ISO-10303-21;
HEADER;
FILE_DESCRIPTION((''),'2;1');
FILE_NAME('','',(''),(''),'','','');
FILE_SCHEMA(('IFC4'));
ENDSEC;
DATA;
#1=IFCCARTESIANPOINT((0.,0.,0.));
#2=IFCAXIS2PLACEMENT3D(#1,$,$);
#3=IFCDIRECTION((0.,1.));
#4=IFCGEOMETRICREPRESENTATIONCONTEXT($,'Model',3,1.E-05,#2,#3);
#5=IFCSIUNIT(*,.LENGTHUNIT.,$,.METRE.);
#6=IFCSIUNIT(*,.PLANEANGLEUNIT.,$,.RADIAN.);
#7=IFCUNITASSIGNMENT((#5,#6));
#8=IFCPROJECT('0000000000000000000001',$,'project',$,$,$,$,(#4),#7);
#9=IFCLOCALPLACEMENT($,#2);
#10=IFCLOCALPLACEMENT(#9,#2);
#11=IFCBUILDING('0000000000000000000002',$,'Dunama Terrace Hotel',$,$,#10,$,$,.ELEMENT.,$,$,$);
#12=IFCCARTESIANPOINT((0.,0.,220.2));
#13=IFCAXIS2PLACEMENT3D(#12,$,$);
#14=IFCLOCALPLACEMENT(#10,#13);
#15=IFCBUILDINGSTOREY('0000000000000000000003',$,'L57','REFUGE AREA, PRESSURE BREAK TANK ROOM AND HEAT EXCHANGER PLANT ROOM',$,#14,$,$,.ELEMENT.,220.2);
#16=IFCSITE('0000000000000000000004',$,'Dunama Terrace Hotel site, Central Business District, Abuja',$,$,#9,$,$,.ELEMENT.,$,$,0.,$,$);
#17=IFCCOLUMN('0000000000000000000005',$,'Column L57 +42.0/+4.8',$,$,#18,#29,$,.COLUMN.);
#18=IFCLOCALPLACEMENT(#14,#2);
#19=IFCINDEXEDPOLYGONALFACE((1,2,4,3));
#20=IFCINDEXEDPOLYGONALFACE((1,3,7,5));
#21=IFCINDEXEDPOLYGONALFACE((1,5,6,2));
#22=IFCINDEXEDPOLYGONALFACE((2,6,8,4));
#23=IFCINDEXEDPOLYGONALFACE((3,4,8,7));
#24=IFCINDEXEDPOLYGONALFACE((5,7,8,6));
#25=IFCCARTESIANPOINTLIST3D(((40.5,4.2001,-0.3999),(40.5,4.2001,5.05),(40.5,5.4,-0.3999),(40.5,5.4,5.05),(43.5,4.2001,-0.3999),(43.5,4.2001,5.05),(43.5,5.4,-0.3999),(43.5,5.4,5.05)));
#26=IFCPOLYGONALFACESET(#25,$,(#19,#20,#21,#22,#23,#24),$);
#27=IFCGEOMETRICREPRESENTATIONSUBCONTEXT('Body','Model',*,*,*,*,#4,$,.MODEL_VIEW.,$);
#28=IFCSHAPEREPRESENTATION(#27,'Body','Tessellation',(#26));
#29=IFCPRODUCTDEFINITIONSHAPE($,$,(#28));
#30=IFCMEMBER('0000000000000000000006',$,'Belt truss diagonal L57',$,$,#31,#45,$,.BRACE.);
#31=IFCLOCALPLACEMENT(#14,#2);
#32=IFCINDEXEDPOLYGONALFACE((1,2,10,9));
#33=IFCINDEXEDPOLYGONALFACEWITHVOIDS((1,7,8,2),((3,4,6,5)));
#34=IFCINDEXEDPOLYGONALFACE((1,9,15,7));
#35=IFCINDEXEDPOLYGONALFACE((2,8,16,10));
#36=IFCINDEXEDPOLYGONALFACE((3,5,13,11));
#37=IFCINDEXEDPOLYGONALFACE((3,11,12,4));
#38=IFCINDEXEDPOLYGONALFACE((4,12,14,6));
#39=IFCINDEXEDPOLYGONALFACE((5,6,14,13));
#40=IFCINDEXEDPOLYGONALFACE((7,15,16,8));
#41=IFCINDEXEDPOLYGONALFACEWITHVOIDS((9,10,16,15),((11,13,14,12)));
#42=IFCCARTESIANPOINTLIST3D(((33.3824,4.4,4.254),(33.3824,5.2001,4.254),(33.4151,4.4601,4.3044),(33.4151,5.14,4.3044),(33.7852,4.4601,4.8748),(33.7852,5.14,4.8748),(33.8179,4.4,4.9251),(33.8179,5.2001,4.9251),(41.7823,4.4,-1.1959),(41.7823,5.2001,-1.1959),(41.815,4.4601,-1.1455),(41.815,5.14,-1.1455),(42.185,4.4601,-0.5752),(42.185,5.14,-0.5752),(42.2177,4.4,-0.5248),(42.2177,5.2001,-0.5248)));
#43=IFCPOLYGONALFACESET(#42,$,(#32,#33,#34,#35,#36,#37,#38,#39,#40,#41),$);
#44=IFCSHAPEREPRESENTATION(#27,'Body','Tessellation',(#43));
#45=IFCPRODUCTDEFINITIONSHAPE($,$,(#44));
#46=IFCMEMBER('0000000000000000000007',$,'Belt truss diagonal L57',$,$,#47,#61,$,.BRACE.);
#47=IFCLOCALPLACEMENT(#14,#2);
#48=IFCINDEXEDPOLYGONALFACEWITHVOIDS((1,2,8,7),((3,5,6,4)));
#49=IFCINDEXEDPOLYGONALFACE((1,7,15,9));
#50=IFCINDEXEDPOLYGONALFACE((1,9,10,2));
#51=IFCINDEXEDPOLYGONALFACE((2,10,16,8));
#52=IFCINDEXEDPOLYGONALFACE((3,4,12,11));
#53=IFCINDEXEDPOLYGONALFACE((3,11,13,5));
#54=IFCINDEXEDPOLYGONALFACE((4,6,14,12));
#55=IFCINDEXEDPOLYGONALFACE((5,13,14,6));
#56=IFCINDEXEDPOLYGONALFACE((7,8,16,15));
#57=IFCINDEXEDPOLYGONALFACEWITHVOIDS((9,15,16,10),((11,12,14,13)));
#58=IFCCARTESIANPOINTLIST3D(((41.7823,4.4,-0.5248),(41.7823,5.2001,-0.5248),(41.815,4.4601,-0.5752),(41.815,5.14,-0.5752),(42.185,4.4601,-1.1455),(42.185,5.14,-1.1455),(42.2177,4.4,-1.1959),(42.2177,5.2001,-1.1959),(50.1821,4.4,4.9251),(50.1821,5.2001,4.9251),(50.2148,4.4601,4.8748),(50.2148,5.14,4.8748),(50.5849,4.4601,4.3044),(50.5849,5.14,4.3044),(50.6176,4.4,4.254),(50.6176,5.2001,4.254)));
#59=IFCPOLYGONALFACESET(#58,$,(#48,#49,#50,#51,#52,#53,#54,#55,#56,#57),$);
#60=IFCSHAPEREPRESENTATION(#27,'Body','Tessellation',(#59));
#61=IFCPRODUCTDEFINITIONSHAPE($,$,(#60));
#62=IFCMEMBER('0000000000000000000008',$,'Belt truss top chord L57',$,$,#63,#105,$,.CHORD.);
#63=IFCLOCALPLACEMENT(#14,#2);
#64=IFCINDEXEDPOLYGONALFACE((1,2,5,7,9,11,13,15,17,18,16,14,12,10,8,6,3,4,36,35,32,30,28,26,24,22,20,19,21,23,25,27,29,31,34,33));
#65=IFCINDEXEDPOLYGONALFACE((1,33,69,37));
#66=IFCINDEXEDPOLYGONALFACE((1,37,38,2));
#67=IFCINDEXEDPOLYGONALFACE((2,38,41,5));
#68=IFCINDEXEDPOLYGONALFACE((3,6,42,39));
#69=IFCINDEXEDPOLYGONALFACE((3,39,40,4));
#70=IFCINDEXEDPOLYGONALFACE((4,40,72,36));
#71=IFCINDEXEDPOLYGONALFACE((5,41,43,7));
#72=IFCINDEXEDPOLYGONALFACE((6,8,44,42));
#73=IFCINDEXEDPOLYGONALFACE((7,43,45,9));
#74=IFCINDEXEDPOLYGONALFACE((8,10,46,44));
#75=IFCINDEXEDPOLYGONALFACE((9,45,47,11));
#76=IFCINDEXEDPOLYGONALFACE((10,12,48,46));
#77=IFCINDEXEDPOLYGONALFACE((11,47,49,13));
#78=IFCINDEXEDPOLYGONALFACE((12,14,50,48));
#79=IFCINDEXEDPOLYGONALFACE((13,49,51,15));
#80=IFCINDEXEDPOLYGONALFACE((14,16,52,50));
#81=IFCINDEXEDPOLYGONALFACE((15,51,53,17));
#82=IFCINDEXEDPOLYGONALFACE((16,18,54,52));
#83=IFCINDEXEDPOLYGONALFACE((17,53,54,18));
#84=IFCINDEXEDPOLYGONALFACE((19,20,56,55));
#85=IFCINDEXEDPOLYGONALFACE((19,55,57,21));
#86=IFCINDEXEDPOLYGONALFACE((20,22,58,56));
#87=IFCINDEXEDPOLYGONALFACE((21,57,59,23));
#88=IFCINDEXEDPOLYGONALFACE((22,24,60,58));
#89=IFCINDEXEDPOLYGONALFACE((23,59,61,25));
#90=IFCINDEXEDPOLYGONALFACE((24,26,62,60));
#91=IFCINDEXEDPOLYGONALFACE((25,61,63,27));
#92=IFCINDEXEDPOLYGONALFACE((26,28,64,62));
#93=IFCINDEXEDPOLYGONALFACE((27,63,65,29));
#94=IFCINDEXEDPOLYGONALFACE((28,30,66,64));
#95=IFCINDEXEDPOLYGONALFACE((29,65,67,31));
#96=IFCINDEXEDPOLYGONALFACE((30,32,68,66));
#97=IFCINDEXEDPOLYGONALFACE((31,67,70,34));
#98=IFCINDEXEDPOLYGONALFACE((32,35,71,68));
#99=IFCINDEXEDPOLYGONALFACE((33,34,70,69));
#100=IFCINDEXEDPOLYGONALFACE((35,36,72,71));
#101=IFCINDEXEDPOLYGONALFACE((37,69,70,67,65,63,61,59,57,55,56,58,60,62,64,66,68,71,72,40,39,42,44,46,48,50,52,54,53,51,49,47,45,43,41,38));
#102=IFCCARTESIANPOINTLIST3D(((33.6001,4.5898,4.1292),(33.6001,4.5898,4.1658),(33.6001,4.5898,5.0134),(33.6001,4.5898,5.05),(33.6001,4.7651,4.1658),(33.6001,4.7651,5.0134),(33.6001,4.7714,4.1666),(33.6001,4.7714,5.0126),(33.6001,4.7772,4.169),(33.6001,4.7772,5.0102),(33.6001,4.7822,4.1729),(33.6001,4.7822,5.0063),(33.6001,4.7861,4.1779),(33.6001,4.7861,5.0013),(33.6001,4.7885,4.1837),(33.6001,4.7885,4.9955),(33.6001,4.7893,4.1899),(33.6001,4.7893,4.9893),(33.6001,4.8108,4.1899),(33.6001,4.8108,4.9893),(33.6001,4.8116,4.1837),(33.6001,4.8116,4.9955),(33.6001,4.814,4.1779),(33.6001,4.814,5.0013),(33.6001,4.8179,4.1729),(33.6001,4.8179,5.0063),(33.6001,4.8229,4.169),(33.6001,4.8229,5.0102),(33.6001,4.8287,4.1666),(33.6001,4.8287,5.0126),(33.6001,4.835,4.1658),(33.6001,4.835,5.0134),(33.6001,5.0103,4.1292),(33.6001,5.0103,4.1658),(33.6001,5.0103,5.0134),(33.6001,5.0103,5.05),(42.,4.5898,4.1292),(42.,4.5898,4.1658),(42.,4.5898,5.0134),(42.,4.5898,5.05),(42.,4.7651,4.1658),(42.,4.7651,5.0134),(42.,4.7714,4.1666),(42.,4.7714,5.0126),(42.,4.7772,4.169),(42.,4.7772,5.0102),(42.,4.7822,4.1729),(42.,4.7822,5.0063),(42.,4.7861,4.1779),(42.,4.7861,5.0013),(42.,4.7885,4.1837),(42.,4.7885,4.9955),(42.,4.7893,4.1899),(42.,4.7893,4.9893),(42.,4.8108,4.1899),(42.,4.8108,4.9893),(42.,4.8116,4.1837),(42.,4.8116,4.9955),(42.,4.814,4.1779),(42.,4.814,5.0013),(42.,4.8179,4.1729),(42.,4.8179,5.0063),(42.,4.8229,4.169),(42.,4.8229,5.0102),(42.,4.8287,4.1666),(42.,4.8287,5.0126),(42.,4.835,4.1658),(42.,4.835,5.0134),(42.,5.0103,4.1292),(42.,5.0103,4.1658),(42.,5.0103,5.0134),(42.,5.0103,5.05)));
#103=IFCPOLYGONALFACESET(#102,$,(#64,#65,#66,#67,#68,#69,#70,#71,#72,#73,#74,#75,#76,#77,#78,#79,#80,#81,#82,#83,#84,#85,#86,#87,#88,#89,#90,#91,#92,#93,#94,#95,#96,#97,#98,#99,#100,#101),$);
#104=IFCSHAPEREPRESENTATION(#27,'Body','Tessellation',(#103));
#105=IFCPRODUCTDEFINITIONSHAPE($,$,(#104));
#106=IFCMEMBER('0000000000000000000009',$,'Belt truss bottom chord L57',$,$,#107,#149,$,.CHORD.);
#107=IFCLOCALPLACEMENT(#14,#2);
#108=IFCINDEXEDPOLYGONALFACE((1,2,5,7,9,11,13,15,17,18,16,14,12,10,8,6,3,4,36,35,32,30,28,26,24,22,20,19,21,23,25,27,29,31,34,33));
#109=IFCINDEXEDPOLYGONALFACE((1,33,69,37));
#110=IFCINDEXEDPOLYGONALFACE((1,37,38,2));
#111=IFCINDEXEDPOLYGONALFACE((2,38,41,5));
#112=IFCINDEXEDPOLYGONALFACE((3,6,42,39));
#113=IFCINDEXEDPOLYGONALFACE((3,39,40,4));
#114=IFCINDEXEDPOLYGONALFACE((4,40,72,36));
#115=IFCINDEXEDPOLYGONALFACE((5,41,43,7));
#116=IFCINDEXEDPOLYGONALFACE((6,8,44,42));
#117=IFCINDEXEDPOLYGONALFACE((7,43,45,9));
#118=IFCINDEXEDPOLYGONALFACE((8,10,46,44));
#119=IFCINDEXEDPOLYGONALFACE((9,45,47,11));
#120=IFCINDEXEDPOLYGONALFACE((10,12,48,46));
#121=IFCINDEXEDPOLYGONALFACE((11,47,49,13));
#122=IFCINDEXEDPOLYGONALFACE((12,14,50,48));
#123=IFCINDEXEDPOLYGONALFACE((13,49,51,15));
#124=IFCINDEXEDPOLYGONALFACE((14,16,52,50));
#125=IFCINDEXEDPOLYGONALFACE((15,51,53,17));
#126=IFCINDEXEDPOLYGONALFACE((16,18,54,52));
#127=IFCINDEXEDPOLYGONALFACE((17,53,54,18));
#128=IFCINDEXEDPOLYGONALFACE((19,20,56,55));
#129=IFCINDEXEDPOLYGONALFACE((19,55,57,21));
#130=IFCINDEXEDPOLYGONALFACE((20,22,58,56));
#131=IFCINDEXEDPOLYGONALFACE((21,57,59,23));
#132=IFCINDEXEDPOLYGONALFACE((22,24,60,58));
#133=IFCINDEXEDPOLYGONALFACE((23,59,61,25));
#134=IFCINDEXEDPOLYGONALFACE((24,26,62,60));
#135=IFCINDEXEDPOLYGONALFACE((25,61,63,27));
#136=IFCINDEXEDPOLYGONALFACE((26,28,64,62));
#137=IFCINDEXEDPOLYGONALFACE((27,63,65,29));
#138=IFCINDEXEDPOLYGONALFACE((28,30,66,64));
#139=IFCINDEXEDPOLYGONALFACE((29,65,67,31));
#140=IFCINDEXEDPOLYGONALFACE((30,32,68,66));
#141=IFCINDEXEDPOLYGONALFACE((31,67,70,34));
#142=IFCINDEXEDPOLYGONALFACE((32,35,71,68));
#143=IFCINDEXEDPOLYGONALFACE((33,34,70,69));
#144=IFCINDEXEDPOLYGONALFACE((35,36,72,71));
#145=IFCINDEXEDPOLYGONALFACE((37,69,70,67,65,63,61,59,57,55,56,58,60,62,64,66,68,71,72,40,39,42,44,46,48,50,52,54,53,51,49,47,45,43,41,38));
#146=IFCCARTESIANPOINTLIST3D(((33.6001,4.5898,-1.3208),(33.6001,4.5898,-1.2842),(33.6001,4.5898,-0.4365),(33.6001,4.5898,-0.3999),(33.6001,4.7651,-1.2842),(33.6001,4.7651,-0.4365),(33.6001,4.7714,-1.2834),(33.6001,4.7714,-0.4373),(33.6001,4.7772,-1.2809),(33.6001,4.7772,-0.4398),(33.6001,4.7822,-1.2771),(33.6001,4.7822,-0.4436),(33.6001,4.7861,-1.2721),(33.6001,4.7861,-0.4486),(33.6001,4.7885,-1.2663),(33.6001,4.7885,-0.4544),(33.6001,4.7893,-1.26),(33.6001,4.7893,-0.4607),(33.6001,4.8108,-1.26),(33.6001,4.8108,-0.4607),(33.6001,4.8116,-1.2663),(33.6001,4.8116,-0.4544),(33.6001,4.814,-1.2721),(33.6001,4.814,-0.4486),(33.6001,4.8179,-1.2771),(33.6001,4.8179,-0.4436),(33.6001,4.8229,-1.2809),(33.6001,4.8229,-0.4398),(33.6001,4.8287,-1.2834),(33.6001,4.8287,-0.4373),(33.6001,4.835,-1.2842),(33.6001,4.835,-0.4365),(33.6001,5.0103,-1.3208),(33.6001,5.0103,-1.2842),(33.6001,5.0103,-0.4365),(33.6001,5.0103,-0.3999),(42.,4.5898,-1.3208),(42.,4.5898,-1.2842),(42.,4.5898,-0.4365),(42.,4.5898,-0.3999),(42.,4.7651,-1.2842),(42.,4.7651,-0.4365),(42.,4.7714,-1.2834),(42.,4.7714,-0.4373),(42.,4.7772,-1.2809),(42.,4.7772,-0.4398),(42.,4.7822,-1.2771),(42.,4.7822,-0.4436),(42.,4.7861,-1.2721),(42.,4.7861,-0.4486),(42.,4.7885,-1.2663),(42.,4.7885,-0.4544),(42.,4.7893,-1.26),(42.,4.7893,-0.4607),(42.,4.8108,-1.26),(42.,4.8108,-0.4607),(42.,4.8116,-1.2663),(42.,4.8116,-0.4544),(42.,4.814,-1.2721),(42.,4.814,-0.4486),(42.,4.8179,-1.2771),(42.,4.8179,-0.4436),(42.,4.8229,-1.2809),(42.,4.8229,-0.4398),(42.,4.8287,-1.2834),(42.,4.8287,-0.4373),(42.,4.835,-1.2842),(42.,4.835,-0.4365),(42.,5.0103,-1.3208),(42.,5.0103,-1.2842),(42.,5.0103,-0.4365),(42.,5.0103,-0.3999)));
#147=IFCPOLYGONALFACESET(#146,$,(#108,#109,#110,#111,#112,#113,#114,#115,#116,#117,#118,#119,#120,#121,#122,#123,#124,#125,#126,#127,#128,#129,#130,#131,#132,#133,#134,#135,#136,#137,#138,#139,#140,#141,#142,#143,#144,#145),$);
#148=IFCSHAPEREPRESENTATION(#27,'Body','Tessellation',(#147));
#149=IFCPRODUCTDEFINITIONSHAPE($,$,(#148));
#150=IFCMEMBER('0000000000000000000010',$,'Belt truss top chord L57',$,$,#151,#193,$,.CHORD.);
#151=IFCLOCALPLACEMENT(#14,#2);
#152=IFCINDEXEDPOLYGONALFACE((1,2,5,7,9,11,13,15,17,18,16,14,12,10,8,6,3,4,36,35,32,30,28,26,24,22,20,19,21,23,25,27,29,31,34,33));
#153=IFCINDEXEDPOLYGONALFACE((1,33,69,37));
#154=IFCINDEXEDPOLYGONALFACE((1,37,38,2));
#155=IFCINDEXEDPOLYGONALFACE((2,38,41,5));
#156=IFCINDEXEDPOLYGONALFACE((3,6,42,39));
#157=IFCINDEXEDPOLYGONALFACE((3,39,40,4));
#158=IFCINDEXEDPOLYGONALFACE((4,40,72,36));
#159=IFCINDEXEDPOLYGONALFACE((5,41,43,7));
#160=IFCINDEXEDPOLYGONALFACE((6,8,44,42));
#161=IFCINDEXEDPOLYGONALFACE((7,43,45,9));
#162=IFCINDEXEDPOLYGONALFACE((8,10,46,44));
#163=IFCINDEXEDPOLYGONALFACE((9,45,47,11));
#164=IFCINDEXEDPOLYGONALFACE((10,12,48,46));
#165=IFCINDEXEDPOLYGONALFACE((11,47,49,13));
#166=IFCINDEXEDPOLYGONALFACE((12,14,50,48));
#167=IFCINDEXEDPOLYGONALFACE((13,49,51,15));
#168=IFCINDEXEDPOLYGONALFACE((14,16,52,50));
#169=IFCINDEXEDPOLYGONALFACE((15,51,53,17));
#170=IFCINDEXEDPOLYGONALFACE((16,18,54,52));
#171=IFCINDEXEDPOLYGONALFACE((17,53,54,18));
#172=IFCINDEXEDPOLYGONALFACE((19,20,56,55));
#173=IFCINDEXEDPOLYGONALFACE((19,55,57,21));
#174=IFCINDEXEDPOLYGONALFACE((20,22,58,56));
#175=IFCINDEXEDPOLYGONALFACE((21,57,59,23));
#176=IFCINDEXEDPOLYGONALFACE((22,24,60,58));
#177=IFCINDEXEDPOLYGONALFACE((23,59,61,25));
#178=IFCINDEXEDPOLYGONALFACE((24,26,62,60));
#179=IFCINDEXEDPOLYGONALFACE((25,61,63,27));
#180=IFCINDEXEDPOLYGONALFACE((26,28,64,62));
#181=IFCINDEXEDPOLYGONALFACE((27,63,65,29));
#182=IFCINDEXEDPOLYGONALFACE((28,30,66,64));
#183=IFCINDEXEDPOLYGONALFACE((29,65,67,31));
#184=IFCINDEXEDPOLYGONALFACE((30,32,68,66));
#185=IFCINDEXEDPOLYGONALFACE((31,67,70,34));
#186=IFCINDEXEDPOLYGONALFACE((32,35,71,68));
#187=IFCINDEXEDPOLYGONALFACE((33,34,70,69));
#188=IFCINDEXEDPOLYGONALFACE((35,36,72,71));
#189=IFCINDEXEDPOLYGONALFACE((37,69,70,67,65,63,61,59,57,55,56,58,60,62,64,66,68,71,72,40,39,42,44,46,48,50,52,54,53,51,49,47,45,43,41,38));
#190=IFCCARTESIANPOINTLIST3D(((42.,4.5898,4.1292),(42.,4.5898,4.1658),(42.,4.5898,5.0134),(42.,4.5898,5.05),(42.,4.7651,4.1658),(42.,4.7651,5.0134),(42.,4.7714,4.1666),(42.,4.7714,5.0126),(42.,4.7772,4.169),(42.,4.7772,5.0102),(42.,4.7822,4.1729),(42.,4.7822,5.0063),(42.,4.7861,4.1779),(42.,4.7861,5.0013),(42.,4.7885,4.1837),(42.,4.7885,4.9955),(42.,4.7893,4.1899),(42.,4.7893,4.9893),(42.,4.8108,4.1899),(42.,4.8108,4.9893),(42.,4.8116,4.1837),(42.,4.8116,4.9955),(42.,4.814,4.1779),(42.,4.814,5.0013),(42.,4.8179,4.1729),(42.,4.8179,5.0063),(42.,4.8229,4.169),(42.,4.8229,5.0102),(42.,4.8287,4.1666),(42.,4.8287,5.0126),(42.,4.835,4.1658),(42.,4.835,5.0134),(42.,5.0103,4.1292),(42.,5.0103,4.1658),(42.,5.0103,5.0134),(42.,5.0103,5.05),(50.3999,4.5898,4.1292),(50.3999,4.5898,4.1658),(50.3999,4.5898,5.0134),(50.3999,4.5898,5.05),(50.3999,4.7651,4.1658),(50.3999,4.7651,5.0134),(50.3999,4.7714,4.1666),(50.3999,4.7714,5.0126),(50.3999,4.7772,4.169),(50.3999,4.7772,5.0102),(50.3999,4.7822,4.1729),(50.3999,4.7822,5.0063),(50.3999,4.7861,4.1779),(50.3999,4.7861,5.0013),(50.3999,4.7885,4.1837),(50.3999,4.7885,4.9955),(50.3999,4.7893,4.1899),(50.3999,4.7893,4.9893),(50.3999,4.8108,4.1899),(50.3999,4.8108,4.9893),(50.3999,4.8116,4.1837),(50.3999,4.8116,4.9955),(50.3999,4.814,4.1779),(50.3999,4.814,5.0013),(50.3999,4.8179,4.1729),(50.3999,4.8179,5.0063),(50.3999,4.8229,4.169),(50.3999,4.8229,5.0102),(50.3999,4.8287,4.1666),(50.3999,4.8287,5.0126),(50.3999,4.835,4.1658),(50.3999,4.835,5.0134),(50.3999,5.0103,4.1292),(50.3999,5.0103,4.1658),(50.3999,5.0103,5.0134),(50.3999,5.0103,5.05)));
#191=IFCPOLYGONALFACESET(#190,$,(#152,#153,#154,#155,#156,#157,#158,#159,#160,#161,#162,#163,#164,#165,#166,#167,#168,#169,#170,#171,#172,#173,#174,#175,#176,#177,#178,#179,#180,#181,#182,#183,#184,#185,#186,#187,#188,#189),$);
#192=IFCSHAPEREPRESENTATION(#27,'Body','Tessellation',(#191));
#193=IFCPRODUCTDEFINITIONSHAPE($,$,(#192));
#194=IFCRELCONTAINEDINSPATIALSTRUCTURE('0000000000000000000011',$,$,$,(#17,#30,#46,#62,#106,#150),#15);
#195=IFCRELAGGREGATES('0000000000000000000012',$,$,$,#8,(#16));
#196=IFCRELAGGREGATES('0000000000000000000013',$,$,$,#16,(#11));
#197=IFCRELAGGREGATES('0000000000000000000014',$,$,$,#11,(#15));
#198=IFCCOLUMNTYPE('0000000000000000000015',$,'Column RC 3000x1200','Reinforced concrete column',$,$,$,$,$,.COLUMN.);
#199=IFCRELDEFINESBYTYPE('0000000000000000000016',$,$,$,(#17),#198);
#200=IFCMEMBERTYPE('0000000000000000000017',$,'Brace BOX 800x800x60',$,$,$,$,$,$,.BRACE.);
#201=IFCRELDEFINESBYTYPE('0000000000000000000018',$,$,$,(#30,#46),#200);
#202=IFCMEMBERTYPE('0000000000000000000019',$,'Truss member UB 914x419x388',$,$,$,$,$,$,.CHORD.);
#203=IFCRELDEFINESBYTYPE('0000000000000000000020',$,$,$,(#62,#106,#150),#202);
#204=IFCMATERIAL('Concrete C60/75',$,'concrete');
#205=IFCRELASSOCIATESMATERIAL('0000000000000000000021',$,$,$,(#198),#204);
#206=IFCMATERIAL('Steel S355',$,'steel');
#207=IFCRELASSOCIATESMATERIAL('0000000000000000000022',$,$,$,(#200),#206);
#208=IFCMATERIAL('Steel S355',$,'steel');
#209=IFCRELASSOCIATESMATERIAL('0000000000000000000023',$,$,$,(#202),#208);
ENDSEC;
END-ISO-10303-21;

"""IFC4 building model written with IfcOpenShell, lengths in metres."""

from ifc_helpers import new_model, si_unit, direction, frame, origin, origin_2d, place, context, subcontext, project, spatial, rectangle, hollow_rectangle, i_section, extrude, material, material_profile, profile_set, type_object, element, save


model = new_model("IFC4")

# Units and contexts
model_context = context("Model", 3, precision=1e-05, world=origin(), true_north=direction((0.0, 1.0)))
body_context = subcontext(model_context, "Body", "Model", "MODEL_VIEW")
ifc_project = project(units=[si_unit("LENGTHUNIT", "METRE"), si_unit("PLANEANGLEUNIT", "RADIAN")], contexts=[model_context])

# Site, building, storey
site_placement = place(None, origin())
site = spatial("IfcSite", under=ifc_project, at=site_placement, Name="Dunama Terrace Hotel site, Central Business District, Abuja", CompositionType="ELEMENT", RefElevation=0.0)
building_placement = place(site_placement, origin())
building = spatial("IfcBuilding", under=site, at=building_placement, Name="Dunama Terrace Hotel", CompositionType="ELEMENT")
storey_placement = place(building_placement, frame((0.0, 0.0, 220.2)))
storey = spatial("IfcBuildingStorey", under=building, at=storey_placement, Name="L57", Description="REFUGE AREA, PRESSURE BREAK TANK ROOM AND HEAT EXCHANGER PLANT ROOM", CompositionType="ELEMENT", Elevation=220.2)

# Column
ifc_material_1 = material(Name="Concrete C60/75", Category="concrete")
ifc_material_profile_1 = material_profile(ifc_material_1, rectangle(XDim=3.0, YDim=1.2, at=origin_2d()), Name="RC 3000x1200")
ifc_profile_set_1 = profile_set([ifc_material_profile_1], Name="Concrete C60/75")
column_type = type_object("IfcColumnType", Name="Column RC 3000x1200", Description="Reinforced concrete column", PredefinedType="COLUMN", material=ifc_profile_set_1)
column_placement = place(storey_placement, frame((42.0, 4.8, -0.3999), z_axis=(0.0, 0.0, 1.0), x_axis=(1.0, 0.0, 0.0)))
element("IfcColumn", 1, at=column_placement, inside=storey, type_object=column_type, Name="Column L57 +42.0/+4.8", PredefinedType="COLUMN", context=body_context, shape_type="SweptSolid", body=[
    extrude(rectangle(XDim=3.0, YDim=1.2, at=origin_2d()), origin(), (0.0, 0.0, 1.0), 5.45),
])

# Members
ifc_material_2 = material(Name="Steel S355", Category="steel")
ifc_material_profile_2 = material_profile(ifc_material_2, hollow_rectangle(XDim=0.8, YDim=0.8, WallThickness=0.0601, at=origin_2d()), Name="BOX 800x800x60")
ifc_profile_set_2 = profile_set([ifc_material_profile_2], Name="Steel S355")
member_type_1 = type_object("IfcMemberType", Name="Brace BOX 800x800x60", PredefinedType="BRACE", material=ifc_profile_set_2)
for number, where, z_axis, x_axis, name in (
    (2, (42.0, 4.8, -0.8604), (-0.838899, 0.0, 0.544287), (0.0, -1.0, 0.0), "Belt truss diagonal L57"),
    (3, (42.0, 4.8, -0.8604), (0.838899, 0.0, 0.544287), (0.0, 1.0, 0.0), "Belt truss diagonal L57"),
):
    element("IfcMember", number, at=place(storey_placement, frame(where, z_axis=z_axis, x_axis=x_axis)), inside=storey, type_object=member_type_1, Name=name, PredefinedType="BRACE", context=body_context, shape_type="SweptSolid", body=[
        extrude(hollow_rectangle(XDim=0.8, YDim=0.8, WallThickness=0.0601, at=origin_2d()), origin(), (0.0, 0.0, 1.0), 10.0129),
    ])
ifc_material_3 = material(Name="Steel S355", Category="steel")
ifc_material_profile_3 = material_profile(ifc_material_3, i_section(OverallWidth=0.4204, OverallDepth=0.9209, WebThickness=0.0215, FlangeThickness=0.0366, FilletRadius=0.0242, at=origin_2d()), Name="UB 914x419x388")
ifc_profile_set_3 = profile_set([ifc_material_profile_3], Name="Steel S355")
member_type_2 = type_object("IfcMemberType", Name="Truss member UB 914x419x388", PredefinedType="CHORD", material=ifc_profile_set_3)
for number, where, z_axis, x_axis, name in (
    (4, (33.6001, 4.8, 4.5896), (1.0, 0.0, 0.0), (0.0, 1.0, 0.0), "Belt truss top chord L57"),
    (5, (33.6001, 4.8, -0.8604), (1.0, 0.0, 0.0), (0.0, 1.0, 0.0), "Belt truss bottom chord L57"),
    (6, (42.0, 4.8, 4.5896), (1.0, 0.0, 0.0), (0.0, 1.0, 0.0), "Belt truss top chord L57"),
):
    element("IfcMember", number, at=place(storey_placement, frame(where, z_axis=z_axis, x_axis=x_axis)), inside=storey, type_object=member_type_2, Name=name, PredefinedType="CHORD", context=body_context, shape_type="SweptSolid", body=[
        extrude(i_section(OverallWidth=0.4204, OverallDepth=0.9209, WebThickness=0.0215, FlangeThickness=0.0366, FilletRadius=0.0242, at=origin_2d()), origin(), (0.0, 0.0, 1.0), 8.3999),
    ])

save(model, "model.ifc")
